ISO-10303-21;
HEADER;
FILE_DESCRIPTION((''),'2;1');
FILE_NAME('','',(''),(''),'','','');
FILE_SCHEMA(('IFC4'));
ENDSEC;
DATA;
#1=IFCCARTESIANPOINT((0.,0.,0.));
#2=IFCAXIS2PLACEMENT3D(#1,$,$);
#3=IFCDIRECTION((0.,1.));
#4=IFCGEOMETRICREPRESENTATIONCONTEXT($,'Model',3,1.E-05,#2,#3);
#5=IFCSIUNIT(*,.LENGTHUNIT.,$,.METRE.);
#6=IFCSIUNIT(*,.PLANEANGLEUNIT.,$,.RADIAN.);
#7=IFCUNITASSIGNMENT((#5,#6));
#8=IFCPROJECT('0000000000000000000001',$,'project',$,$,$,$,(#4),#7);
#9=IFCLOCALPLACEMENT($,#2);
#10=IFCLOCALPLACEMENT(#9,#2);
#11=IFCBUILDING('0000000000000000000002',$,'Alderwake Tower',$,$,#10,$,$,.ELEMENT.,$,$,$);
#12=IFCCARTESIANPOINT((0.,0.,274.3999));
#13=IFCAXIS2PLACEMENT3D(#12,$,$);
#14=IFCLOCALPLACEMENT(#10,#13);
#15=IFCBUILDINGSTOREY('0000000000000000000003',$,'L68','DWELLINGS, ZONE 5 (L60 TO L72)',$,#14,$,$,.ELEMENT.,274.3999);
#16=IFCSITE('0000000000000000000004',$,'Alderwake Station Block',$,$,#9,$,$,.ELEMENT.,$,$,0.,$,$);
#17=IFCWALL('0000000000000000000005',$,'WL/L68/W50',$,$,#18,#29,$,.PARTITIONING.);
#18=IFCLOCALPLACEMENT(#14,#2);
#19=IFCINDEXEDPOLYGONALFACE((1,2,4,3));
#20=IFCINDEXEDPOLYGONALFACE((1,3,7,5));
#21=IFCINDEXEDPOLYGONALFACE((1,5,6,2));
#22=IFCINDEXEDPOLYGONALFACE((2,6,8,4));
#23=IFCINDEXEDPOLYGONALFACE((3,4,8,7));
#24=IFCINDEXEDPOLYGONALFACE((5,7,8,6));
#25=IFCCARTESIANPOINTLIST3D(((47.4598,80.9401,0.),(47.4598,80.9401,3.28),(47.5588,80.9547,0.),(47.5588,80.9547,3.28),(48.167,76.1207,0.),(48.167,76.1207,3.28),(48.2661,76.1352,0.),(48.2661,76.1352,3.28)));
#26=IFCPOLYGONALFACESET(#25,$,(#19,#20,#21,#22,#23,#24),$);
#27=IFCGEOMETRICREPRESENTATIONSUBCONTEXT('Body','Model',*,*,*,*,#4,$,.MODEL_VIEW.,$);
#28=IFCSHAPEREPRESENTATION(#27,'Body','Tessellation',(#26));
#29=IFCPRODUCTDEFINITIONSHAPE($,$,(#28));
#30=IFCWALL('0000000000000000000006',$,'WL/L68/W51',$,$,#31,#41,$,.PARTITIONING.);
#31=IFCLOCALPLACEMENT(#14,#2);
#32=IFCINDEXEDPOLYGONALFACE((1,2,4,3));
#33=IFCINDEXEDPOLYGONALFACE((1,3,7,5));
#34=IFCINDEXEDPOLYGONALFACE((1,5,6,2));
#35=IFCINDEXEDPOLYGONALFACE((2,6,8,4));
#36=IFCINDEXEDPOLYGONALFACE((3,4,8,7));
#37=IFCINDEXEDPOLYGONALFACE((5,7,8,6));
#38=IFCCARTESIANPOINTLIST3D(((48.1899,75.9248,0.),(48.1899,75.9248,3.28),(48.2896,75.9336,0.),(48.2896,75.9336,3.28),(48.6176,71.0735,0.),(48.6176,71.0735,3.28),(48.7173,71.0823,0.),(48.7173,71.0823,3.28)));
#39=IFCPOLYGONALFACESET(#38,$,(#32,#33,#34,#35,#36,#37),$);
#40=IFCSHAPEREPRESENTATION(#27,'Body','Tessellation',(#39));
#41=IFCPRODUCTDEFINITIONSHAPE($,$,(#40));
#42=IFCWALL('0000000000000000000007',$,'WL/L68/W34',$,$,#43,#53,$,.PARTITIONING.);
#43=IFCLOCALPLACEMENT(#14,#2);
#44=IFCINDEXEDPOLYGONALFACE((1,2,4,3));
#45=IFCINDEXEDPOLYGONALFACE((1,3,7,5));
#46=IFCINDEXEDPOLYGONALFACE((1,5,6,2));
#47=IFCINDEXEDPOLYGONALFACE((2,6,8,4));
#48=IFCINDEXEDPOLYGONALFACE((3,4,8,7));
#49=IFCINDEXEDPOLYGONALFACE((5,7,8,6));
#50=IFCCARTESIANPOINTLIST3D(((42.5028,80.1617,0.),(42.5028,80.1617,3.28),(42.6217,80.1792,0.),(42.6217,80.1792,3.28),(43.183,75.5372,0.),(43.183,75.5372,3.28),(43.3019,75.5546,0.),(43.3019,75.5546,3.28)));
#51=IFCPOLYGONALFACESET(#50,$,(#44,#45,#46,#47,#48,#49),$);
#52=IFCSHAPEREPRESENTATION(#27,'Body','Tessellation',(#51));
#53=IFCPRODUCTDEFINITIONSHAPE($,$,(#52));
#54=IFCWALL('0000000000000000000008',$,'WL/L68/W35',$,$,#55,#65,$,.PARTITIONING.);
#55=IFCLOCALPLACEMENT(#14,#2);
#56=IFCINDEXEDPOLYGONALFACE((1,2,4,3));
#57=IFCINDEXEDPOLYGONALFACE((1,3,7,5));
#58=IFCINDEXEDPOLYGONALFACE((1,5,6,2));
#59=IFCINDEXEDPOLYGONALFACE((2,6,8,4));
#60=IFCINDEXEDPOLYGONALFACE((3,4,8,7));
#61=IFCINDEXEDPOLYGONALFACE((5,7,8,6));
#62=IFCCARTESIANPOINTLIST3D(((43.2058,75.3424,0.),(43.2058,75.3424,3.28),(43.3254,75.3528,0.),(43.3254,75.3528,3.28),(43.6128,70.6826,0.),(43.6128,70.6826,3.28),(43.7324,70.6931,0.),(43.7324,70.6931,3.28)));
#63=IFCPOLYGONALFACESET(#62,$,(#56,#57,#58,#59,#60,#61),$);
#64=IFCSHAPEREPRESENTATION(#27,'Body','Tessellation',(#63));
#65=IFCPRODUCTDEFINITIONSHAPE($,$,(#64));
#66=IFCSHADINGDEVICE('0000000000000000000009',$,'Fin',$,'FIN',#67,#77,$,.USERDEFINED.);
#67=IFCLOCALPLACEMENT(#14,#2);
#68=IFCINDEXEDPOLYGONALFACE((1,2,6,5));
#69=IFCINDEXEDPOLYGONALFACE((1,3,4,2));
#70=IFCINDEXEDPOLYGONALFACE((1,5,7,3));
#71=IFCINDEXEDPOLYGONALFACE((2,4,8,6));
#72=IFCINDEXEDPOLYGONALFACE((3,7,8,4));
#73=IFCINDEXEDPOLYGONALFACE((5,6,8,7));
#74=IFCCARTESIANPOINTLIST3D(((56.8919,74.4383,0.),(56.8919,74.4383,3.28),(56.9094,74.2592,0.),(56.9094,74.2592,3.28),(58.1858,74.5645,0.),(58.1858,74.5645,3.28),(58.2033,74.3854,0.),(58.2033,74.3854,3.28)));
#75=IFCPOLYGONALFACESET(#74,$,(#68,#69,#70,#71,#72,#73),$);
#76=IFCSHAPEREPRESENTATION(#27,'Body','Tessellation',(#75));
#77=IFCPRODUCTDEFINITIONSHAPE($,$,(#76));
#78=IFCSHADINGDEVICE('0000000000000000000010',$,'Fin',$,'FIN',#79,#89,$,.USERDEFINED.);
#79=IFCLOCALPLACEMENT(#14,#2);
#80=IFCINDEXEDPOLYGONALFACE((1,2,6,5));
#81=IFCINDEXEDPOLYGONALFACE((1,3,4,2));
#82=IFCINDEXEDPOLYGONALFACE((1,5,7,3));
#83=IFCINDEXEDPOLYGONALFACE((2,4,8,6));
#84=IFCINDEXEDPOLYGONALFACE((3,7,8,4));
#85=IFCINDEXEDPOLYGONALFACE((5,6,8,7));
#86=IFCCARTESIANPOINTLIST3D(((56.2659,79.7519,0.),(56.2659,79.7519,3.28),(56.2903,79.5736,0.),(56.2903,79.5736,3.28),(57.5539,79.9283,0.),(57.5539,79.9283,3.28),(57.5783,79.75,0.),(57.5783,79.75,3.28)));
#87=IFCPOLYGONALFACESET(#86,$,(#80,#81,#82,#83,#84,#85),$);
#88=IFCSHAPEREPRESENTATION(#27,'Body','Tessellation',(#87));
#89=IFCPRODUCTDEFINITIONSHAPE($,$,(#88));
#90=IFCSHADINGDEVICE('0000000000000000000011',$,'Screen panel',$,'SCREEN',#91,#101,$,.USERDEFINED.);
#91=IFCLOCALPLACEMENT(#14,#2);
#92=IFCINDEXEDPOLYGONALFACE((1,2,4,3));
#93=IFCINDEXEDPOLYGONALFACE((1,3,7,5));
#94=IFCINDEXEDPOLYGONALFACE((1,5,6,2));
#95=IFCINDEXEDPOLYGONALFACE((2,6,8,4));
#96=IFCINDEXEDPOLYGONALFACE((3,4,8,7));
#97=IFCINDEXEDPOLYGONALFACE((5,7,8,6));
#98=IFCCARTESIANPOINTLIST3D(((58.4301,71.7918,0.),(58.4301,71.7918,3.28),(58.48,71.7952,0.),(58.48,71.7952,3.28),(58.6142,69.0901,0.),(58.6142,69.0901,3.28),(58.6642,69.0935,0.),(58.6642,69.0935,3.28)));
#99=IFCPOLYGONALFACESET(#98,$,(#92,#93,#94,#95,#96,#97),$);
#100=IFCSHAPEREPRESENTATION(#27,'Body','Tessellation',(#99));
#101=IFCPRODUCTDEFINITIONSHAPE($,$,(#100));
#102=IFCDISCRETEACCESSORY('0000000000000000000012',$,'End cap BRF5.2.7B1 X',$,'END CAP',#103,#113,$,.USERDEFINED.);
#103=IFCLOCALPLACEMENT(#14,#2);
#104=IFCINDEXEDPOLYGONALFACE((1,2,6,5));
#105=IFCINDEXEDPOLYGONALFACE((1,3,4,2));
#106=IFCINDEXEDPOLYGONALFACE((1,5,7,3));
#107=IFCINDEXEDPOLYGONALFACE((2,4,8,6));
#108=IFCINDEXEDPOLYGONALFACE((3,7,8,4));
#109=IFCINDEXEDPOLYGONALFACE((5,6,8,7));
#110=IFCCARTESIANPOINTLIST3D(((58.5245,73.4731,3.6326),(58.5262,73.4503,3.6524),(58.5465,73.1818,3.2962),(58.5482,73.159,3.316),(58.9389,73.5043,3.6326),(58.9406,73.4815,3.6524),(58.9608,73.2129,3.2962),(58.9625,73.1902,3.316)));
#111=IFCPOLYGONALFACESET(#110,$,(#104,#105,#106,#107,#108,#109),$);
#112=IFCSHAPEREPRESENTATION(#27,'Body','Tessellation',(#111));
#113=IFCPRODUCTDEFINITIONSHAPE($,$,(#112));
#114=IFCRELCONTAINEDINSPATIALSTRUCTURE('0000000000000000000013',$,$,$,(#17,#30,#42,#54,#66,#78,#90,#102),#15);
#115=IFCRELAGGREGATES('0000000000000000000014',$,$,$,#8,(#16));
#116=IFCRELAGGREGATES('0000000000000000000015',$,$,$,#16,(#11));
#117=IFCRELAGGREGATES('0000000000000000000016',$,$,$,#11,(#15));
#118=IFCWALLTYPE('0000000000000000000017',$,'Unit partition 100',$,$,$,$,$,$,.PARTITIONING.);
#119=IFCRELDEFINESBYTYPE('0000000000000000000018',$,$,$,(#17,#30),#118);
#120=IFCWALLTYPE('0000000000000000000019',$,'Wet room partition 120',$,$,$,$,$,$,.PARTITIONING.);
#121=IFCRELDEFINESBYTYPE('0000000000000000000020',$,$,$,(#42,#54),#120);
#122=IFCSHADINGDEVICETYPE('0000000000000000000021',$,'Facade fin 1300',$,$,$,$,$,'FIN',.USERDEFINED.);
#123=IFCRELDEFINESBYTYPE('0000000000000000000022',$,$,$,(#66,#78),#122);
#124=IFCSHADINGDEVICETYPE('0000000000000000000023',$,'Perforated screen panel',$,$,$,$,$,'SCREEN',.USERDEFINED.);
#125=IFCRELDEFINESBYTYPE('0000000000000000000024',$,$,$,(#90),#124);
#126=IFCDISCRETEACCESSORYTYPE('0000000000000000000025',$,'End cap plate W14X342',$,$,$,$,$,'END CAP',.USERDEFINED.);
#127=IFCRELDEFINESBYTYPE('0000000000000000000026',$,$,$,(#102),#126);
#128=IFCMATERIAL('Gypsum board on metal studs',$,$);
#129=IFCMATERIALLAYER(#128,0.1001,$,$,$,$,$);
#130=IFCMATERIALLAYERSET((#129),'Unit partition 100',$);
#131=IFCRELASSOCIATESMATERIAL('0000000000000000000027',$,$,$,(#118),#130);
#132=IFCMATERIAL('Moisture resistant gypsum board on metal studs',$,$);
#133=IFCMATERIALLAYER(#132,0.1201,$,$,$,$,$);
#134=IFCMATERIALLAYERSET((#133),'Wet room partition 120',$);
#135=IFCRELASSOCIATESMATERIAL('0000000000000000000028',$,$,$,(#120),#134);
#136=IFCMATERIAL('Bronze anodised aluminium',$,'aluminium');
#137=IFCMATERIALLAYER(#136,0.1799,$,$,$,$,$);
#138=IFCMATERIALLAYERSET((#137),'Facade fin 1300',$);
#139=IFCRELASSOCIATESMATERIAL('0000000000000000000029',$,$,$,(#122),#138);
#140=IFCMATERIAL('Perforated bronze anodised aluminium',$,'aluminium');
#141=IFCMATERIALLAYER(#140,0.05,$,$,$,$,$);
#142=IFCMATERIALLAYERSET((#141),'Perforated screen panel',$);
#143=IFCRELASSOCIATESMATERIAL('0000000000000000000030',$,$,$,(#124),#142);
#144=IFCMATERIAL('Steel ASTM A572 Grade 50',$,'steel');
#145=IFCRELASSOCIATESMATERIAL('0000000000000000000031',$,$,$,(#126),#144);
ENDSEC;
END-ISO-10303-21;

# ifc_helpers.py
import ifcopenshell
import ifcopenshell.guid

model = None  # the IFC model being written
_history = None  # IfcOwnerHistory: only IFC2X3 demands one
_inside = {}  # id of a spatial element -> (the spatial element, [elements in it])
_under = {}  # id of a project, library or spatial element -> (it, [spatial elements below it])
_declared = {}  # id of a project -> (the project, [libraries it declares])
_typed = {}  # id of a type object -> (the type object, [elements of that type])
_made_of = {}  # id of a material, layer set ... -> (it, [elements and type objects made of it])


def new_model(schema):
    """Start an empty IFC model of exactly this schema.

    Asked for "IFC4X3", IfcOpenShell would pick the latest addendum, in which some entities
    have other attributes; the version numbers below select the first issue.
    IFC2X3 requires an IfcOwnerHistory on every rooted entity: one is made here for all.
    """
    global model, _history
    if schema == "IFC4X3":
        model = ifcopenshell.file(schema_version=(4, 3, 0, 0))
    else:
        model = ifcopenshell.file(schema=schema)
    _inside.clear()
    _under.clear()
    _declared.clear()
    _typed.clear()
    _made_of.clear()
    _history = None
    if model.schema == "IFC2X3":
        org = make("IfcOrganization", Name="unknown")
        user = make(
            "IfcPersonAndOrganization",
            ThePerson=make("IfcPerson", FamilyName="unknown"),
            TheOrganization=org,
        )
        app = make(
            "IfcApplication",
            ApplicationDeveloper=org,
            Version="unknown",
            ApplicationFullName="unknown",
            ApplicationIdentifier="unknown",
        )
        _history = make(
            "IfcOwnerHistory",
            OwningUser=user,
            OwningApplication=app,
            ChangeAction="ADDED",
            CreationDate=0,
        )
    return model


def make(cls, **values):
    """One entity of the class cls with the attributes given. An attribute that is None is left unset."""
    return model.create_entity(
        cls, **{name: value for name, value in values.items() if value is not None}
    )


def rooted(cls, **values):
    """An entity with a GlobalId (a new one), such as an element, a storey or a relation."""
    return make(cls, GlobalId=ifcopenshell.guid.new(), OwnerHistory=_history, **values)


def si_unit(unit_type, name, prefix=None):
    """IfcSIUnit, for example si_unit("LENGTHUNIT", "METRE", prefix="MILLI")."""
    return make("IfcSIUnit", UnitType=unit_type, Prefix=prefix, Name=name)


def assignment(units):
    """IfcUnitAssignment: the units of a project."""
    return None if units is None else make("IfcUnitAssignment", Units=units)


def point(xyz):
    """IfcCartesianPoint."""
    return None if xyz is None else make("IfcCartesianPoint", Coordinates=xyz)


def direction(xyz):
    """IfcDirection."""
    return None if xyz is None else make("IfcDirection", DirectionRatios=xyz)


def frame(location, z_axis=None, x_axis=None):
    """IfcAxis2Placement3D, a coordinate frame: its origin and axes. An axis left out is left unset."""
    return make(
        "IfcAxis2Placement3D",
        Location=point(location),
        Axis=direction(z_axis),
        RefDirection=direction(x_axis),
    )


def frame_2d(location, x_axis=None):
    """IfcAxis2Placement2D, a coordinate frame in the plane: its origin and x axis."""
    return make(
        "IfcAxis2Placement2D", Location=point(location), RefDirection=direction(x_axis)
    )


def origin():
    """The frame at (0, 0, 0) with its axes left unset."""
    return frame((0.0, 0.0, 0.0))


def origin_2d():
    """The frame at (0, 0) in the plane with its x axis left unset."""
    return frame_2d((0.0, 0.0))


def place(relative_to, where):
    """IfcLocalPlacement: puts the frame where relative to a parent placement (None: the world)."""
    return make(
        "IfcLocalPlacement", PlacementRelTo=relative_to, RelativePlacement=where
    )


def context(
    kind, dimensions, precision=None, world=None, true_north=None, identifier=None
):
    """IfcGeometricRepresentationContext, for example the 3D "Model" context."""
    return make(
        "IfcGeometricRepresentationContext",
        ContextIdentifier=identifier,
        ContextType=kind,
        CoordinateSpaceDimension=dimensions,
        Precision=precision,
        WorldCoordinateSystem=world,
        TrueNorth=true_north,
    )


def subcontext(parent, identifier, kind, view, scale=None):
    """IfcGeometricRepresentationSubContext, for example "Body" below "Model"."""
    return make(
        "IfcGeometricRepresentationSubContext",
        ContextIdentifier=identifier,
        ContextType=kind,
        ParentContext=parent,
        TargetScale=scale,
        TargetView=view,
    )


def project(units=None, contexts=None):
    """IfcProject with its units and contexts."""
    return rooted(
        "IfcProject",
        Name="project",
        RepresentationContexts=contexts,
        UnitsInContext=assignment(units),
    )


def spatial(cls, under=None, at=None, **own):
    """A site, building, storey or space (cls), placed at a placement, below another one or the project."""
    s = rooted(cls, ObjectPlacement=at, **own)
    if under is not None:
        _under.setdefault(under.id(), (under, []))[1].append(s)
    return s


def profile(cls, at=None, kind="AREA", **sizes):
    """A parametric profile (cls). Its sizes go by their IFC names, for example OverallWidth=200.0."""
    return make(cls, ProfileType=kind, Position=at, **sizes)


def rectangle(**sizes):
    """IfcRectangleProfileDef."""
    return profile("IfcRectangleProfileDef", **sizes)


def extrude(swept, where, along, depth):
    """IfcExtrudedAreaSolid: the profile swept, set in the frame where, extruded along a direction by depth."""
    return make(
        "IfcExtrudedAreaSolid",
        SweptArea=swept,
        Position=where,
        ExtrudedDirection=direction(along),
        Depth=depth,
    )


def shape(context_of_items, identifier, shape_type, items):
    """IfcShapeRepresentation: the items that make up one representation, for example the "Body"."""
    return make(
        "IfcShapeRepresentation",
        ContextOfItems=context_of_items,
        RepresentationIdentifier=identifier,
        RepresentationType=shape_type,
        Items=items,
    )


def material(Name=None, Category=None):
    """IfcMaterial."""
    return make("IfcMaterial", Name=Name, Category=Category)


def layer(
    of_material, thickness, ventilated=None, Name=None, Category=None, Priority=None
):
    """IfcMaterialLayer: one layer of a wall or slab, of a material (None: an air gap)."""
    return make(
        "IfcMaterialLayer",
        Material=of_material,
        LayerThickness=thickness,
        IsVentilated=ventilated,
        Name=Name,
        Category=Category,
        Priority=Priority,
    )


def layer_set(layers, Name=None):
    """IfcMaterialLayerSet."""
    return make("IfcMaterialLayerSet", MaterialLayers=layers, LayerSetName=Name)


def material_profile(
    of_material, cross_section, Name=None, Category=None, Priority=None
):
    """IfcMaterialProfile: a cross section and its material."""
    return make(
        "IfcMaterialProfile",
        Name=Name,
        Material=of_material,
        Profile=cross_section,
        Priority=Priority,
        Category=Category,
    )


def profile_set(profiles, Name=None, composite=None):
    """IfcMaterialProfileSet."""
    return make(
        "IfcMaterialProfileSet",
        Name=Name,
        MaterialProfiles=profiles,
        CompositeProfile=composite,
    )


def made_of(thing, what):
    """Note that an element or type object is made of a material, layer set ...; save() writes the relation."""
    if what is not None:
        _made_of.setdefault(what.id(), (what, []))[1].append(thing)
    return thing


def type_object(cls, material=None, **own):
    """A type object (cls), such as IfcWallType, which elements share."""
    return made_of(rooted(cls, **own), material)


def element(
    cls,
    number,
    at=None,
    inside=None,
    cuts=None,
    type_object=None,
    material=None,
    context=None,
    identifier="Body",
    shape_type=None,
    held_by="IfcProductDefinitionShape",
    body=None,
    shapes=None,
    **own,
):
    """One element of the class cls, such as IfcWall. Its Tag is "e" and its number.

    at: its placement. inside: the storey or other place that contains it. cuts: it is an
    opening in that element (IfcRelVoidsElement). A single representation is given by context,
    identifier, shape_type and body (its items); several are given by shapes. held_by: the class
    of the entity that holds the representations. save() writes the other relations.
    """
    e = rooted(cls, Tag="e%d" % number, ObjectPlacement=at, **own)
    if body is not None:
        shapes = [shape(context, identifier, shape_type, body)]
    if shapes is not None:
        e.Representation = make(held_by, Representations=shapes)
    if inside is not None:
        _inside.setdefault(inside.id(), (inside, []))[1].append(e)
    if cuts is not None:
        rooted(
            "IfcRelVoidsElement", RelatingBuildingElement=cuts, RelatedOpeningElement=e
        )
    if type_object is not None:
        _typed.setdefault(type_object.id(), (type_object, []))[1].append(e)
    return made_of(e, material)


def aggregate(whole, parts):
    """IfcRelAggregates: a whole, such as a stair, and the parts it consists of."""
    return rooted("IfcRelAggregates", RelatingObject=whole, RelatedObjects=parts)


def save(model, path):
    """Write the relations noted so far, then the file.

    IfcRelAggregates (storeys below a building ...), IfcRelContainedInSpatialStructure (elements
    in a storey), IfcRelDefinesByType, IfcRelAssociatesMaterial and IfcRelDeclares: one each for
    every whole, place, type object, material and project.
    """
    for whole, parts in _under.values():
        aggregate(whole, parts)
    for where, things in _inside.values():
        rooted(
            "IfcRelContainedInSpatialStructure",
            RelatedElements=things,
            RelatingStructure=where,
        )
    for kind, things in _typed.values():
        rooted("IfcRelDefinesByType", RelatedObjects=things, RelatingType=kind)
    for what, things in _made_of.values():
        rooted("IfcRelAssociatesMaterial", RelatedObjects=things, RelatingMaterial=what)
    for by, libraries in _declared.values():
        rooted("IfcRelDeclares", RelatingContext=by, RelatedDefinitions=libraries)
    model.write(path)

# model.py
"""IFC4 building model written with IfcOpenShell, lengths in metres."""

from ifc_helpers import new_model, si_unit, direction, frame, frame_2d, origin, origin_2d, place, context, subcontext, project, spatial, rectangle, extrude, material, layer, layer_set, material_profile, profile_set, type_object, element, save


model = new_model("IFC4")

# Units and contexts
model_context = context("Model", 3, precision=1e-05, world=origin(), true_north=direction((0.0, 1.0)))
body_context = subcontext(model_context, "Body", "Model", "MODEL_VIEW")
ifc_project = project(units=[si_unit("LENGTHUNIT", "METRE"), si_unit("PLANEANGLEUNIT", "RADIAN")], contexts=[model_context])

# Site, building, storey
site_placement = place(None, origin())
site = spatial("IfcSite", under=ifc_project, at=site_placement, Name="Alderwake Station Block", CompositionType="ELEMENT", RefElevation=0.0)
building_placement = place(site_placement, origin())
building = spatial("IfcBuilding", under=site, at=building_placement, Name="Alderwake Tower", CompositionType="ELEMENT")
storey_placement = place(building_placement, frame((0.0, 0.0, 274.3999)))
storey = spatial("IfcBuildingStorey", under=building, at=storey_placement, Name="L68", Description="DWELLINGS, ZONE 5 (L60 TO L72)", CompositionType="ELEMENT", Elevation=274.3999)

# Shared definitions
ifc_material_1 = material(Name="Gypsum board on metal studs")
ifc_layer_1 = layer(ifc_material_1, 0.1001)
ifc_layer_set_1 = layer_set([ifc_layer_1], Name="Unit partition 100")
wall_type_1 = type_object("IfcWallType", Name="Unit partition 100", PredefinedType="PARTITIONING", material=ifc_layer_set_1)

# Walls
wall_1_placement = place(storey_placement, frame((48.2166, 76.1279, 0.0), z_axis=(0.0, 0.0, 1.0), x_axis=(-0.145195, 0.989403, 0.0)))
element("IfcWall", 1, at=wall_1_placement, inside=storey, type_object=wall_type_1, Name="WL/L68/W50", PredefinedType="PARTITIONING", context=body_context, shape_type="SweptSolid", body=[
    extrude(rectangle(XDim=4.8711, YDim=0.1001, at=frame_2d((2.4355, 0.0))), origin(), (0.0, 0.0, 1.0), 3.28),
])
wall_2_placement = place(storey_placement, frame((48.6675, 71.0779, 0.0), z_axis=(0.0, 0.0, 1.0), x_axis=(-0.087828, 0.996136, 0.0)))
element("IfcWall", 2, at=wall_2_placement, inside=storey, type_object=wall_type_1, Name="WL/L68/W51", PredefinedType="PARTITIONING", context=body_context, shape_type="SweptSolid", body=[
    extrude(rectangle(XDim=4.8701, YDim=0.1001, at=frame_2d((2.4351, 0.0))), origin(), (0.0, 0.0, 1.0), 3.28),
])
ifc_material_2 = material(Name="Moisture resistant gypsum board on metal studs")
ifc_layer_2 = layer(ifc_material_2, 0.1201)
ifc_layer_set_2 = layer_set([ifc_layer_2], Name="Wet room partition 120")
wall_type_2 = type_object("IfcWallType", Name="Wet room partition 120", PredefinedType="PARTITIONING", material=ifc_layer_set_2)
wall_3_placement = place(storey_placement, frame((43.2424, 75.5459, 0.0), z_axis=(0.0, 0.0, 1.0), x_axis=(-0.145515, 0.989356, 0.0)))
element("IfcWall", 3, at=wall_3_placement, inside=storey, type_object=wall_type_2, Name="WL/L68/W34", PredefinedType="PARTITIONING", context=body_context, shape_type="SweptSolid", body=[
    extrude(rectangle(XDim=4.6743, YDim=0.1201, at=frame_2d((2.3372, 0.0))), origin(), (0.0, 0.0, 1.0), 3.28),
])
wall_4_placement = place(storey_placement, frame((43.6726, 70.6877, 0.0), z_axis=(0.0, 0.0, 1.0), x_axis=(-0.08701, 0.996207, 0.0)))
element("IfcWall", 4, at=wall_4_placement, inside=storey, type_object=wall_type_2, Name="WL/L68/W35", PredefinedType="PARTITIONING", context=body_context, shape_type="SweptSolid", body=[
    extrude(rectangle(XDim=4.6775, YDim=0.1201, at=frame_2d((2.3389, 0.0))), origin(), (0.0, 0.0, 1.0), 3.28),
])

# Shading devices
ifc_material_3 = material(Name="Bronze anodised aluminium", Category="aluminium")
ifc_layer_3 = layer(ifc_material_3, 0.1799)
ifc_layer_set_3 = layer_set([ifc_layer_3], Name="Facade fin 1300")
shading_device_type_1 = type_object("IfcShadingDeviceType", Name="Facade fin 1300", ElementType="FIN", PredefinedType="USERDEFINED", material=ifc_layer_set_3)
for number, where, z_axis, x_axis, name in (
    (5, (57.5476, 74.4119, 0.0), (0.0, 0.0, 1.0), (0.99528, 0.097046, 0.0), "Fin"),
    (6, (56.9221, 79.751, 0.0), (0.0, 0.0, 1.0), (0.990753, 0.135681, 0.0), "Fin"),
):
    element("IfcShadingDevice", number, at=place(storey_placement, frame(where, z_axis=z_axis, x_axis=x_axis)), inside=storey, type_object=shading_device_type_1, Name=name, ObjectType="FIN", PredefinedType="USERDEFINED", context=body_context, shape_type="SweptSolid", body=[
        extrude(rectangle(XDim=1.3, YDim=0.1799, at=origin_2d()), origin(), (0.0, 0.0, 1.0), 3.28),
    ])
ifc_material_4 = material(Name="Perforated bronze anodised aluminium", Category="aluminium")
ifc_layer_4 = layer(ifc_material_4, 0.05)
ifc_layer_set_4 = layer_set([ifc_layer_4], Name="Perforated screen panel")
shading_device_type_2 = type_object("IfcShadingDeviceType", Name="Perforated screen panel", ElementType="SCREEN", PredefinedType="USERDEFINED", material=ifc_layer_set_4)
shading_device_placement = place(storey_placement, frame((58.5471, 70.4426, 0.0), z_axis=(0.0, 0.0, 1.0), x_axis=(0.997685, 0.067998, 0.0)))
element("IfcShadingDevice", 7, at=shading_device_placement, inside=storey, type_object=shading_device_type_2, Name="Screen panel", ObjectType="SCREEN", PredefinedType="USERDEFINED", context=body_context, shape_type="SweptSolid", body=[
    extrude(rectangle(XDim=0.05, YDim=2.708, at=origin_2d()), origin(), (0.0, 0.0, 1.0), 3.28),
])

# Discrete accessory
ifc_material_5 = material(Name="Steel ASTM A572 Grade 50", Category="steel")
ifc_material_profile_1 = material_profile(ifc_material_5, rectangle(XDim=0.4155, YDim=0.4456, at=origin_2d()), Name="W14X342 cap")
ifc_profile_set_1 = profile_set([ifc_material_profile_1], Name="Steel ASTM A572 Grade 50")
discrete_accessory_type = type_object("IfcDiscreteAccessoryType", Name="End cap plate W14X342", ElementType="END CAP", PredefinedType="USERDEFINED", material=ifc_profile_set_1)
discrete_accessory_placement = place(storey_placement, frame((58.7427, 73.343, 3.4644), z_axis=(0.056668, -0.75287, 0.655725), x_axis=(0.997179, 0.075057, 0.0)))
element("IfcDiscreteAccessory", 8, at=discrete_accessory_placement, inside=storey, type_object=discrete_accessory_type, Name="End cap BRF5.2.7B1 X", ObjectType="END CAP", PredefinedType="USERDEFINED", context=body_context, shape_type="SweptSolid", body=[
    extrude(rectangle(XDim=0.4155, YDim=0.4456, at=origin_2d()), origin(), (0.0, 0.0, 1.0), 0.0303),
])

save(model, "model.ifc")
